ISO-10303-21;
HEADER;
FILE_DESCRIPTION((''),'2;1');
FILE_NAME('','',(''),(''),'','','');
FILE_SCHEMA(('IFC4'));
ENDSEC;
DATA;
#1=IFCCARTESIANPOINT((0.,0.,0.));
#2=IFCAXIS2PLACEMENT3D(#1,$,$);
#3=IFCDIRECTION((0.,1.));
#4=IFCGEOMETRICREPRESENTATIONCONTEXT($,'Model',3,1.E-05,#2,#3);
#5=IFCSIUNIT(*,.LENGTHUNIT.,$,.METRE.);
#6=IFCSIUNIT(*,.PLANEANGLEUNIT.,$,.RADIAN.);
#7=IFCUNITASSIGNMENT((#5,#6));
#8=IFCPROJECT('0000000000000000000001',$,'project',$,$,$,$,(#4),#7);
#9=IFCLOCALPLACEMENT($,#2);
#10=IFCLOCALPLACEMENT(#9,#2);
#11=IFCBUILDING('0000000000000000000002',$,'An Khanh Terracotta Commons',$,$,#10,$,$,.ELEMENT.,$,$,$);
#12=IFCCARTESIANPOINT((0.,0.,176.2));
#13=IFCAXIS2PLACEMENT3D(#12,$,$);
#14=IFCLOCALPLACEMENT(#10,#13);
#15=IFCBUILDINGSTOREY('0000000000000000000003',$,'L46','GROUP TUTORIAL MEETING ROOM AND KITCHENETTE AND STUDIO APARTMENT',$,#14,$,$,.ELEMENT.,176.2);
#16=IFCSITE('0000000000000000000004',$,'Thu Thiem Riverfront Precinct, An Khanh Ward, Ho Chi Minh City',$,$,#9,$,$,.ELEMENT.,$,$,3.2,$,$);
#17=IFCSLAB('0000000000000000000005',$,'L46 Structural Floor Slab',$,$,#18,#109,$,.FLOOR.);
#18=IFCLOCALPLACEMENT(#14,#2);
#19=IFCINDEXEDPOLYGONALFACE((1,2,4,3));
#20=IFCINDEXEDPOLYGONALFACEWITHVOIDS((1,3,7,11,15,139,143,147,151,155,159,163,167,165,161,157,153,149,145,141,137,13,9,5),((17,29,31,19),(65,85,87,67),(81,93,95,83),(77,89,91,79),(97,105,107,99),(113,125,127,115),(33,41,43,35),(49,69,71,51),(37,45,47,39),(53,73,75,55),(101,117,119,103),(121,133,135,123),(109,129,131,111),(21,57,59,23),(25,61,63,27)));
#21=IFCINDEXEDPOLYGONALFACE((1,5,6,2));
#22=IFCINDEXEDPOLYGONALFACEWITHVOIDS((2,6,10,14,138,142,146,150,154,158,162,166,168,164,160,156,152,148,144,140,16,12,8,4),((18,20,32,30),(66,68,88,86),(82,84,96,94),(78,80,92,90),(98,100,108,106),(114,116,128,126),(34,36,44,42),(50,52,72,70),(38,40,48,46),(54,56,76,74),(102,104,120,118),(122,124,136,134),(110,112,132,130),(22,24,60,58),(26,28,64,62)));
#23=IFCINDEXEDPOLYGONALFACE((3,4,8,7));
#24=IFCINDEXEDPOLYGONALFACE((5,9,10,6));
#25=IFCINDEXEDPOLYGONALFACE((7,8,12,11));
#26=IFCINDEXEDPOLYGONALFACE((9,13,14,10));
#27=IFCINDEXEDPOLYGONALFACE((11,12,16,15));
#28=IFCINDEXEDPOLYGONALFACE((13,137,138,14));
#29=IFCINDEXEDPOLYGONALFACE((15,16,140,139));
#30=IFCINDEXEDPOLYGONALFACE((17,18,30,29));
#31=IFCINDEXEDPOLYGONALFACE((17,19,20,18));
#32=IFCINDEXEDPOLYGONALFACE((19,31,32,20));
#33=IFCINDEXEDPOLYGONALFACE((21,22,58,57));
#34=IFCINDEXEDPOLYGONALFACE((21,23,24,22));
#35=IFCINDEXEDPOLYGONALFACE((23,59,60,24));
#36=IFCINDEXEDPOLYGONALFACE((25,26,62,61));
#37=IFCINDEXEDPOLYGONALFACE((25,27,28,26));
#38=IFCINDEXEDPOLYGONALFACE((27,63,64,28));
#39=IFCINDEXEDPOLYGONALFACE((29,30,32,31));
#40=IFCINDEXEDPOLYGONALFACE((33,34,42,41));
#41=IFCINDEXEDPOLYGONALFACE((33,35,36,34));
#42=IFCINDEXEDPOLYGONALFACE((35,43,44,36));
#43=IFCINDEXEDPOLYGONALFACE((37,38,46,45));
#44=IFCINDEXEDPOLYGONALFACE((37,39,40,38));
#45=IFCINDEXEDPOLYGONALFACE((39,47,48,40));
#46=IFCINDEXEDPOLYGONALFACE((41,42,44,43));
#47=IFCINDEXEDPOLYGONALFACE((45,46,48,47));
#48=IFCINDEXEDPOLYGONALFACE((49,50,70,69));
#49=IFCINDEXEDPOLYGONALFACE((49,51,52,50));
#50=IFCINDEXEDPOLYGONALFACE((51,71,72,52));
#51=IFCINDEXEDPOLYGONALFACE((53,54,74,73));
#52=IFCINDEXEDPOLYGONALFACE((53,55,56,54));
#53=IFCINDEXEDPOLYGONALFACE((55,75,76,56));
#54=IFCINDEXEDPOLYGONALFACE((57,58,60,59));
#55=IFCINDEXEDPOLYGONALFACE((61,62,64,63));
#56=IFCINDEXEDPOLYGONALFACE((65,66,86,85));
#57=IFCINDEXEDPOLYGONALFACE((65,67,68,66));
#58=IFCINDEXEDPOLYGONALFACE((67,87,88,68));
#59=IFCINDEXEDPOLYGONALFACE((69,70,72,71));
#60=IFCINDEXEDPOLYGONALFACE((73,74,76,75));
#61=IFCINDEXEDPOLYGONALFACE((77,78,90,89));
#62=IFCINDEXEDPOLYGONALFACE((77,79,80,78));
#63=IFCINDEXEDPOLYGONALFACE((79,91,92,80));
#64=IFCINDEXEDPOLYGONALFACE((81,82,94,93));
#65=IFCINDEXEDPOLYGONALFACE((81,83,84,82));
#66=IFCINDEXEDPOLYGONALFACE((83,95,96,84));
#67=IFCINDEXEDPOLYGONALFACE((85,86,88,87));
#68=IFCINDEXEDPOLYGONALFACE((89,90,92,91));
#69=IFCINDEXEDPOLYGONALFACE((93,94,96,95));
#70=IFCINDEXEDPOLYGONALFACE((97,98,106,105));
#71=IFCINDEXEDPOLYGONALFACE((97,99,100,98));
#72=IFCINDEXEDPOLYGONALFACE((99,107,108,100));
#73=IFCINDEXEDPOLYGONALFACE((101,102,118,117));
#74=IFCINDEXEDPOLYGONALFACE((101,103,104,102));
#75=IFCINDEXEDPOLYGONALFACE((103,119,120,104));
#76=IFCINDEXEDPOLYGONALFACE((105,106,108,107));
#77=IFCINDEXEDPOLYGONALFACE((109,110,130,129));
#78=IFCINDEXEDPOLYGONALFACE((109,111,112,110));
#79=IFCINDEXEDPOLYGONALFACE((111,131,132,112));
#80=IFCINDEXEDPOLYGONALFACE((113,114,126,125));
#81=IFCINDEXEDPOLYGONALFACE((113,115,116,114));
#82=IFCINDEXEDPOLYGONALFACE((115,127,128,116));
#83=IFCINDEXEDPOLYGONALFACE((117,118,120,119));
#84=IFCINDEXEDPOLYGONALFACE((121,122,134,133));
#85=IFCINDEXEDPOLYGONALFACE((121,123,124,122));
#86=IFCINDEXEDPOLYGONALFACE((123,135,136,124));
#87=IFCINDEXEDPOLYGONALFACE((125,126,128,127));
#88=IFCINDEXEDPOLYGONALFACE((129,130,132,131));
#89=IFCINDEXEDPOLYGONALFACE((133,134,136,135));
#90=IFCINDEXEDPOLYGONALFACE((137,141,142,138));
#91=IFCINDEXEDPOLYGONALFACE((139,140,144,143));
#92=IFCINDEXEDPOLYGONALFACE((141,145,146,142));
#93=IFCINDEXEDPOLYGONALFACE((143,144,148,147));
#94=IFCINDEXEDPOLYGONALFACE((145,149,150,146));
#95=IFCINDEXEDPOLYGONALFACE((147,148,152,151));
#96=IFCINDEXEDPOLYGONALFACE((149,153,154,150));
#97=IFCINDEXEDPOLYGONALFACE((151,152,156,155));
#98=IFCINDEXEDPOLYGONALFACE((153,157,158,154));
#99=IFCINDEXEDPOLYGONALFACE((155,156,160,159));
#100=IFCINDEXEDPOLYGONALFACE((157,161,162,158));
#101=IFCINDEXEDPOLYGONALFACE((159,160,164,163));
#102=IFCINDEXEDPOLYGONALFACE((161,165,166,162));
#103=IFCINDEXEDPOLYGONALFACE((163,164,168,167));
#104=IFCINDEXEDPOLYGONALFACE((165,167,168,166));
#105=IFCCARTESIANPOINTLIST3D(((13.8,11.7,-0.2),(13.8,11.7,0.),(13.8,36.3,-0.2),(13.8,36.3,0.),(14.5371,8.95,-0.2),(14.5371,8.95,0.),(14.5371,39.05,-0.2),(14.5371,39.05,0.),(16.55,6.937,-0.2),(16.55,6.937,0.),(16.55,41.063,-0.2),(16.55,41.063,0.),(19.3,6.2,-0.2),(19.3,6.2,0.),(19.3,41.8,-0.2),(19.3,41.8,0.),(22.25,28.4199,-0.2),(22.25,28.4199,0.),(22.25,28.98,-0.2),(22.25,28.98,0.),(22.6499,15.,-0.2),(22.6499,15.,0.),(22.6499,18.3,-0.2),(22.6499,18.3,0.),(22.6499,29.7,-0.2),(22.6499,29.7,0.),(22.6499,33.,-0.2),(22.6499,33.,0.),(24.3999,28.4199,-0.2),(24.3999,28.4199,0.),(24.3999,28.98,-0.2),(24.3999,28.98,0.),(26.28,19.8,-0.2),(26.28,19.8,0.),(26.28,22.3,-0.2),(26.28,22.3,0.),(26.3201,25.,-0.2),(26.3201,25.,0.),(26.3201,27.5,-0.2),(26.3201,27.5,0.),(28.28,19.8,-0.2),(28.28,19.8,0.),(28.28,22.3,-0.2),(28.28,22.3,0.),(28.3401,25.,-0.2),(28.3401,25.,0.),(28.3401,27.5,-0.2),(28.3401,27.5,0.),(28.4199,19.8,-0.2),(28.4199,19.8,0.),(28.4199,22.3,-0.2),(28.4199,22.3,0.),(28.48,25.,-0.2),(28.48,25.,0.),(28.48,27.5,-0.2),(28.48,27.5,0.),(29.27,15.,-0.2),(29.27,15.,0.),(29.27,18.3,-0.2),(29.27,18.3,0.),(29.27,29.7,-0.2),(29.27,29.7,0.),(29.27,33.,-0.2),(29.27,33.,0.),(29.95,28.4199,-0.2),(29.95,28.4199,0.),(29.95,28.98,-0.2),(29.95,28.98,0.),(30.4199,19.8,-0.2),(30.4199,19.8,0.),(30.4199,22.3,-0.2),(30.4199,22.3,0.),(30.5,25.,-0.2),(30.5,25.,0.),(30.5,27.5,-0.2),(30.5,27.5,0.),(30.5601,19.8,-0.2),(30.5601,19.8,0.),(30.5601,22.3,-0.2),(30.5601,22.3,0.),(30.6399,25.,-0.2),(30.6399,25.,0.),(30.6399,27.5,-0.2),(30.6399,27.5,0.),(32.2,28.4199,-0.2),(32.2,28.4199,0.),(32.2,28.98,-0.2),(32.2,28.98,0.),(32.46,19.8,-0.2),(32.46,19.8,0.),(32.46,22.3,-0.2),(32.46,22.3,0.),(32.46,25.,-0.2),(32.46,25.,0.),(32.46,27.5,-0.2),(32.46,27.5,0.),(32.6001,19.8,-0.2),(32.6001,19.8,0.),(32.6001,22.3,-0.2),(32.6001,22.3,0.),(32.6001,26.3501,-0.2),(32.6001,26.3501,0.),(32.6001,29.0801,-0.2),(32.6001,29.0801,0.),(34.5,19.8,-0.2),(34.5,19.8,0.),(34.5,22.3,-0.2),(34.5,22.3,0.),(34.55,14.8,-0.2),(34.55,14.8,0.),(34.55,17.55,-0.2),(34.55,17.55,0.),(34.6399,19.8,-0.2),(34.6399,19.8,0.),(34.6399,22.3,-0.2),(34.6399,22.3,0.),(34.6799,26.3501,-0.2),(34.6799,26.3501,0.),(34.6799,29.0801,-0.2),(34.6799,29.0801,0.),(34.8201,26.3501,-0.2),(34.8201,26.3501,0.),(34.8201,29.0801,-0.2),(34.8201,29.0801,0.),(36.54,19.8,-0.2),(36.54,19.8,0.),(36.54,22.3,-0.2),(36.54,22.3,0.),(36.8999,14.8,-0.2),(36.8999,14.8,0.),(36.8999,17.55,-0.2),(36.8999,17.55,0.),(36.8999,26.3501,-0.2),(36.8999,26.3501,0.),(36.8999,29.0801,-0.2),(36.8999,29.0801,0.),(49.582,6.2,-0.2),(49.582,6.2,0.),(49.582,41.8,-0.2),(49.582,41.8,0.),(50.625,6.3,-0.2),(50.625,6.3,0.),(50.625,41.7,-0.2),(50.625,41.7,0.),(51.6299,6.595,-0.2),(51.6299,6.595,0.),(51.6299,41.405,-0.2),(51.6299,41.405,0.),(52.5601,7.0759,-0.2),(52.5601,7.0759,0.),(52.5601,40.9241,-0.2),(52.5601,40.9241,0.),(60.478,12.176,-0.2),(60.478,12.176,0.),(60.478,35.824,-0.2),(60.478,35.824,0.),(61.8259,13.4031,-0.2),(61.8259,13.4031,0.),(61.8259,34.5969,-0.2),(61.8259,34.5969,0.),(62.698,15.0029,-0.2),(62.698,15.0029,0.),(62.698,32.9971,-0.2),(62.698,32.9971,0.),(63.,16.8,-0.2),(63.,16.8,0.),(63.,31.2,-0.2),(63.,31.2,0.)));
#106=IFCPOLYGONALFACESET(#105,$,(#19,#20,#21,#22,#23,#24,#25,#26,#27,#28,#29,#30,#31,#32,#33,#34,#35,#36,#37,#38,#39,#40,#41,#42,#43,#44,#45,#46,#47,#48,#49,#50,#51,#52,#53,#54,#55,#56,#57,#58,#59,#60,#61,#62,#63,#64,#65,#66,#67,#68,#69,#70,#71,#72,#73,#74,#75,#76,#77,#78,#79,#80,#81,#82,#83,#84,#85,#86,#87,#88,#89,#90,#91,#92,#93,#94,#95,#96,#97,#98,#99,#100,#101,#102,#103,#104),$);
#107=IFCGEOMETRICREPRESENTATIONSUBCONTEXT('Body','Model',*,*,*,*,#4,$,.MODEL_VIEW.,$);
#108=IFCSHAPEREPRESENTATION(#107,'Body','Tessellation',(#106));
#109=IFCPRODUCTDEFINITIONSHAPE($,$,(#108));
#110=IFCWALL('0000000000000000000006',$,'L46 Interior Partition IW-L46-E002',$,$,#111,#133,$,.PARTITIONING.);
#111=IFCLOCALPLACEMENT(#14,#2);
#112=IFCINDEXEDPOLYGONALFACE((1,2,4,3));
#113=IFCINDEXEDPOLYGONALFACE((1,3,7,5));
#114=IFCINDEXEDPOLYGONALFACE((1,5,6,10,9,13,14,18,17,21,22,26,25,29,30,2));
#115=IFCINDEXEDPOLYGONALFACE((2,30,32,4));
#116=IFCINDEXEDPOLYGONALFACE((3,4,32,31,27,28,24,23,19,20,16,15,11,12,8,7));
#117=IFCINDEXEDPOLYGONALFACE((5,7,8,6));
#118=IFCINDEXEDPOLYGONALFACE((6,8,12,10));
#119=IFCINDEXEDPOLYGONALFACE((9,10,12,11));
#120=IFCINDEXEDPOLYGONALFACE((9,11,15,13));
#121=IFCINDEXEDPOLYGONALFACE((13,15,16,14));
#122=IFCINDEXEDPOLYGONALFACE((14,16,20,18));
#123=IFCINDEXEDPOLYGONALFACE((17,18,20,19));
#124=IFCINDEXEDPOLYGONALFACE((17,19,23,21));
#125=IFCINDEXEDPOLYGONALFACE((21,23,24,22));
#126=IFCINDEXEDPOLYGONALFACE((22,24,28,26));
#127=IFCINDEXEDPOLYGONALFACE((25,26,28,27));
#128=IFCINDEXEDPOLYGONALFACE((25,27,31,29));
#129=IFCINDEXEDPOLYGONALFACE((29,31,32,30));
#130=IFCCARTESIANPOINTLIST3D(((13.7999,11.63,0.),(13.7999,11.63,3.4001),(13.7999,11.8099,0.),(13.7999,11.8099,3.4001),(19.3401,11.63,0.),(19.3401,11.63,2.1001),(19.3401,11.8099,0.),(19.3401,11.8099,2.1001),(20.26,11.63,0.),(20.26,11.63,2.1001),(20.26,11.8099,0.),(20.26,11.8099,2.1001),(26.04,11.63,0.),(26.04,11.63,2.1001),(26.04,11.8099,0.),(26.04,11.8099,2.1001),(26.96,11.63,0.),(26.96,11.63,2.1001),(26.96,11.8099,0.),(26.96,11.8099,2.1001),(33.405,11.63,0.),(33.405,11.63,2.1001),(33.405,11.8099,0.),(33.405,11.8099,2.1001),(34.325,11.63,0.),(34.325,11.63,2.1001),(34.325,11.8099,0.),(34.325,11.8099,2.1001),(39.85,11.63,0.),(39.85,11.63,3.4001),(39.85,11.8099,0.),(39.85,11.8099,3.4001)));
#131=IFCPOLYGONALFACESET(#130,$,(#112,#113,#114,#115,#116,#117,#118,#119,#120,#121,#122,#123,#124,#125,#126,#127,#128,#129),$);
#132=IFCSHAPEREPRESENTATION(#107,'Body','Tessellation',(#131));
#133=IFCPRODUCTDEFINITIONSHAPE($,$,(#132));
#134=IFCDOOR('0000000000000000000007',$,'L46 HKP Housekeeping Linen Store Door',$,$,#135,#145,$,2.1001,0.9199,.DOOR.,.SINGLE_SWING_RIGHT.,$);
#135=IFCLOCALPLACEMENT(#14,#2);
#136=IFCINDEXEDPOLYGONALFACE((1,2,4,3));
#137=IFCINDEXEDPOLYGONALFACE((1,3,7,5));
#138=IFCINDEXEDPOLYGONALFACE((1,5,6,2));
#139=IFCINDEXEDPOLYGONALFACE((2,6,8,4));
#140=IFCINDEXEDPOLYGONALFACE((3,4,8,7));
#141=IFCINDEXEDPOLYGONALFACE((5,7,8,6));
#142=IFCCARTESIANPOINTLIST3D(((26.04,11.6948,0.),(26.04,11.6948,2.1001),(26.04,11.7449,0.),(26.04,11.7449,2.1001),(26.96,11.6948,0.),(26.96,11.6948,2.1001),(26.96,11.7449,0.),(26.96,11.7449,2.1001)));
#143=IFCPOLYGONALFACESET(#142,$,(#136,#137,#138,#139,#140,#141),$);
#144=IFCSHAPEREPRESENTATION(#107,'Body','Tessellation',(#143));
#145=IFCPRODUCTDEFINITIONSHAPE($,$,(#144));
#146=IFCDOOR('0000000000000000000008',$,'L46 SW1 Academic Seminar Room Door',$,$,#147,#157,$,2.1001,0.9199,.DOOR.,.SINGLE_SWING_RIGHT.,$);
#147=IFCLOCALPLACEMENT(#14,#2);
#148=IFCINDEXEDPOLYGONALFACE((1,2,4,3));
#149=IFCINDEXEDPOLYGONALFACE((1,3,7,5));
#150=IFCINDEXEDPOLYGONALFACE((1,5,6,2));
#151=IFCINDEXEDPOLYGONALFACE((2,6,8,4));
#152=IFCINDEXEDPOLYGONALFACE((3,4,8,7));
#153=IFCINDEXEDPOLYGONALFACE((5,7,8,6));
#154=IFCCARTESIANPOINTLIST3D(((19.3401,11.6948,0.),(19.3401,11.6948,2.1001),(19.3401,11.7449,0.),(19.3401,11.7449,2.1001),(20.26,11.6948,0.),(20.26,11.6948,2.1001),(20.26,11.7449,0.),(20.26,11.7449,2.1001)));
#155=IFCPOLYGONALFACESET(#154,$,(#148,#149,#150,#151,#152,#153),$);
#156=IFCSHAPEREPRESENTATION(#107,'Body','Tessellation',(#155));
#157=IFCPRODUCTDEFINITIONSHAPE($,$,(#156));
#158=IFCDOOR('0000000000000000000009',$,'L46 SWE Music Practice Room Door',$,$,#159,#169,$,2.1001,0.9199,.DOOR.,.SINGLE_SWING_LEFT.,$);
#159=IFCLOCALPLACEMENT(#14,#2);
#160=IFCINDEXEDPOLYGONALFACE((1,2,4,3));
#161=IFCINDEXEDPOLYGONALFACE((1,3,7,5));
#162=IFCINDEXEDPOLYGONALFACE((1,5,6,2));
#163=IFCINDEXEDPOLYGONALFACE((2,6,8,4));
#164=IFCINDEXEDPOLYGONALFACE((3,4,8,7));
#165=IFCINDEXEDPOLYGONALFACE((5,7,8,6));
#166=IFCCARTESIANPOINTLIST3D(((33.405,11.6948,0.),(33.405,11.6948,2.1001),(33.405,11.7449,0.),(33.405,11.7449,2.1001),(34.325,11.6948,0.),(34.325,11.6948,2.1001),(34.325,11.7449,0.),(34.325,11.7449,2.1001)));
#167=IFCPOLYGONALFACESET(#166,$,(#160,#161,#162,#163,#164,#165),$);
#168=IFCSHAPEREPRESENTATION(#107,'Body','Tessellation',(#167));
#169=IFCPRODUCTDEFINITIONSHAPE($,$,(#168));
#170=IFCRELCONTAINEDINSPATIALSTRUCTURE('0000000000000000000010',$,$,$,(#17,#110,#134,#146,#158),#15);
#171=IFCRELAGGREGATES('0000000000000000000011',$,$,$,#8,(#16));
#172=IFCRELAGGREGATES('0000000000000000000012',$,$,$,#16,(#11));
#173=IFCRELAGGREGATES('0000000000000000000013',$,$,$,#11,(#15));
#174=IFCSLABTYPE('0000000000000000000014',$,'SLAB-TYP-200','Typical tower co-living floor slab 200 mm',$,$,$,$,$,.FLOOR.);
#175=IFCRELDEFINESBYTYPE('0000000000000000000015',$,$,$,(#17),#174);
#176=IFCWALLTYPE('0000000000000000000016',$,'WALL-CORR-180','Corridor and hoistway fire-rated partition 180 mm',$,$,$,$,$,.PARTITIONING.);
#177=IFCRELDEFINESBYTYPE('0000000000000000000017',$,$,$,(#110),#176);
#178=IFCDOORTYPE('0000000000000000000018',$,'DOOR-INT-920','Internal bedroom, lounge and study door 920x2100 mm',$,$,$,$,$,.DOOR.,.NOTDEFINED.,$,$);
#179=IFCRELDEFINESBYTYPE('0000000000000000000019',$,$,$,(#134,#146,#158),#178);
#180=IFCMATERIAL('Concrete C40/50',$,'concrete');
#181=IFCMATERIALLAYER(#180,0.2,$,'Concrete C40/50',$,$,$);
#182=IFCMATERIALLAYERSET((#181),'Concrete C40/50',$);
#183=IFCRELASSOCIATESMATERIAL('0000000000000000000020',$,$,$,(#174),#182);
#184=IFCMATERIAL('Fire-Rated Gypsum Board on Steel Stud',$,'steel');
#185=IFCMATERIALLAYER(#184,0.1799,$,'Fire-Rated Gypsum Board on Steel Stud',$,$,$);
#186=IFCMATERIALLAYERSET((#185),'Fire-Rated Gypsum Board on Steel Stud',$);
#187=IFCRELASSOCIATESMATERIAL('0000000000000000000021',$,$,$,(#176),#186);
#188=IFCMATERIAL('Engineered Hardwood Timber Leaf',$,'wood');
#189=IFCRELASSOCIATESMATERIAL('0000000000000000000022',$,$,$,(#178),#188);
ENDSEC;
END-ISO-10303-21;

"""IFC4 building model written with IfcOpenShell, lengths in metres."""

from ifc_helpers import new_model, si_unit, direction, frame, frame_2d, origin, place, context, subcontext, project, spatial, polyline, rectangle, outline, extrude, material, layer, layer_set, type_object, element, fill, save


model = new_model("IFC4")

# Units and contexts
model_context = context("Model", 3, precision=1e-05, world=origin(), true_north=direction((0.0, 1.0)))
body_context = subcontext(model_context, "Body", "Model", "MODEL_VIEW")
ifc_project = project(units=[si_unit("LENGTHUNIT", "METRE"), si_unit("PLANEANGLEUNIT", "RADIAN")], contexts=[model_context])

# Site, building, storey
site_placement = place(None, origin())
site = spatial("IfcSite", under=ifc_project, at=site_placement, Name="Thu Thiem Riverfront Precinct, An Khanh Ward, Ho Chi Minh City", CompositionType="ELEMENT", RefElevation=3.2)
building_placement = place(site_placement, origin())
building = spatial("IfcBuilding", under=site, at=building_placement, Name="An Khanh Terracotta Commons", CompositionType="ELEMENT")
storey_placement = place(building_placement, frame((0.0, 0.0, 176.2)))
storey = spatial("IfcBuildingStorey", under=building, at=storey_placement, Name="L46", Description="GROUP TUTORIAL MEETING ROOM AND KITCHENETTE AND STUDIO APARTMENT", CompositionType="ELEMENT", Elevation=176.2)

# Shared definitions
ifc_material_1 = material(Name="Concrete C40/50", Category="concrete")

# Slab
ifc_layer_1 = layer(ifc_material_1, 0.2, Name="Concrete C40/50")
ifc_layer_set_1 = layer_set([ifc_layer_1], Name="Concrete C40/50")
slab_type_1 = type_object("IfcSlabType", Name="SLAB-TYP-200", Description="Typical tower co-living floor slab 200 mm", PredefinedType="FLOOR", material=ifc_layer_set_1)
slab_1_placement = place(storey_placement, frame((0.0, 0.0, -0.2)))
element("IfcSlab", 1, at=slab_1_placement, inside=storey, type_object=slab_type_1, Name="L46 Structural Floor Slab", PredefinedType="FLOOR", context=body_context, shape_type="SweptSolid", body=[
    extrude(outline(polyline([(13.8, 11.7), (14.5371, 8.95), (16.55, 6.937), (19.3, 6.2), (49.582, 6.2), (50.625, 6.3), (51.6299, 6.595), (52.5601, 7.0759), (60.478, 12.176), (61.8259, 13.4031), (62.698, 15.0029), (63.0, 16.8), (63.0, 31.2), (62.698, 32.9971), (61.8259, 34.5969), (60.478, 35.824), (52.5601, 40.9241), (51.6299, 41.405), (50.625, 41.7), (49.582, 41.8), (19.3, 41.8), (16.55, 41.063), (14.5371, 39.05), (13.8, 36.3), (13.8, 11.7)]), holes=[polyline([(22.6499, 29.7), (29.27, 29.7), (29.27, 33.0), (22.6499, 33.0), (22.6499, 29.7)]), polyline([(22.6499, 15.0), (29.27, 15.0), (29.27, 18.3), (22.6499, 18.3), (22.6499, 15.0)]), polyline([(32.6001, 26.3501), (34.6799, 26.3501), (34.6799, 29.0801), (32.6001, 29.0801), (32.6001, 26.3501)]), polyline([(34.8201, 26.3501), (36.8999, 26.3501), (36.8999, 29.0801), (34.8201, 29.0801), (34.8201, 26.3501)]), polyline([(34.55, 14.8), (36.8999, 14.8), (36.8999, 17.55), (34.55, 17.55), (34.55, 14.8)]), polyline([(26.3201, 25.0), (28.3401, 25.0), (28.3401, 27.5), (26.3201, 27.5), (26.3201, 25.0)]), polyline([(28.48, 25.0), (30.5, 25.0), (30.5, 27.5), (28.48, 27.5), (28.48, 25.0)]), polyline([(26.28, 19.8), (28.28, 19.8), (28.28, 22.3), (26.28, 22.3), (26.28, 19.8)]), polyline([(28.4199, 19.8), (30.4199, 19.8), (30.4199, 22.3), (28.4199, 22.3), (28.4199, 19.8)]), polyline([(30.6399, 25.0), (32.46, 25.0), (32.46, 27.5), (30.6399, 27.5), (30.6399, 25.0)]), polyline([(30.5601, 19.8), (32.46, 19.8), (32.46, 22.3), (30.5601, 22.3), (30.5601, 19.8)]), polyline([(32.6001, 19.8), (34.5, 19.8), (34.5, 22.3), (32.6001, 22.3), (32.6001, 19.8)]), polyline([(34.6399, 19.8), (36.54, 19.8), (36.54, 22.3), (34.6399, 22.3), (34.6399, 19.8)]), polyline([(22.25, 28.4199), (24.3999, 28.4199), (24.3999, 28.98), (22.25, 28.98), (22.25, 28.4199)]), polyline([(29.95, 28.4199), (32.2, 28.4199), (32.2, 28.98), (29.95, 28.98), (29.95, 28.4199)])]), origin(), (0.0, 0.0, 1.0), 0.2),
])

# Wall, openings, doors
ifc_material_2 = material(Name="Fire-Rated Gypsum Board on Steel Stud", Category="steel")
ifc_layer_2 = layer(ifc_material_2, 0.1799, Name="Fire-Rated Gypsum Board on Steel Stud")
ifc_layer_set_2 = layer_set([ifc_layer_2], Name="Fire-Rated Gypsum Board on Steel Stud")
wall_type_1 = type_object("IfcWallType", Name="WALL-CORR-180", Description="Corridor and hoistway fire-rated partition 180 mm", PredefinedType="PARTITIONING", material=ifc_layer_set_2)
wall_1_placement = place(storey_placement, frame((13.8, 11.72, 0.0), z_axis=(0.0, 0.0, 1.0), x_axis=(1.0, 0.0, 0.0)))
wall_1 = element("IfcWall", 2, at=wall_1_placement, inside=storey, type_object=wall_type_1, Name="L46 Interior Partition IW-L46-E002", PredefinedType="PARTITIONING", context=body_context, shape_type="SweptSolid", body=[
    extrude(rectangle(XDim=26.05, YDim=0.1799, at=frame_2d((13.0249, 0.0))), origin(), (0.0, 0.0, 1.0), 3.4001),
])
opening_1_placement = place(wall_1_placement, frame((12.24, 0.0, 0.0)))
opening_1 = element("IfcOpeningElement", 3, at=opening_1_placement, cuts=wall_1, PredefinedType="OPENING", context=body_context, shape_type="SweptSolid", body=[
    extrude(rectangle(XDim=0.9199, YDim=2.1001, at=frame_2d((0.46, 1.05))), frame((0.0, 0.0999, 0.0), z_axis=(0.0, -1.0, 0.0), x_axis=(1.0, 0.0, 0.0)), (0.0, 0.0, 1.0), 0.2),
])
opening_2_placement = place(wall_1_placement, frame((5.54, 0.0, 0.0)))
opening_2 = element("IfcOpeningElement", 4, at=opening_2_placement, cuts=wall_1, PredefinedType="OPENING", context=body_context, shape_type="SweptSolid", body=[
    extrude(rectangle(XDim=0.9199, YDim=2.1001, at=frame_2d((0.46, 1.05))), frame((0.0, 0.0999, 0.0), z_axis=(0.0, -1.0, 0.0), x_axis=(1.0, 0.0, 0.0)), (0.0, 0.0, 1.0), 0.2),
])
opening_3_placement = place(wall_1_placement, frame((19.605, 0.0, 0.0)))
opening_3 = element("IfcOpeningElement", 5, at=opening_3_placement, cuts=wall_1, PredefinedType="OPENING", context=body_context, shape_type="SweptSolid", body=[
    extrude(rectangle(XDim=0.9199, YDim=2.1001, at=frame_2d((0.46, 1.05))), frame((0.0, 0.0999, 0.0), z_axis=(0.0, -1.0, 0.0), x_axis=(1.0, 0.0, 0.0)), (0.0, 0.0, 1.0), 0.2),
])
ifc_material_3 = material(Name="Engineered Hardwood Timber Leaf", Category="wood")
door_type_1 = type_object("IfcDoorType", Name="DOOR-INT-920", Description="Internal bedroom, lounge and study door 920x2100 mm", OperationType="NOTDEFINED", PredefinedType="DOOR", material=ifc_material_3)
door_1_placement = place(opening_1_placement, origin())
door_1 = element("IfcDoor", 6, at=door_1_placement, inside=storey, type_object=door_type_1, Name="L46 HKP Housekeeping Linen Store Door", OperationType="SINGLE_SWING_RIGHT", OverallHeight=2.1001, OverallWidth=0.9199, PredefinedType="DOOR", context=body_context, shape_type="SweptSolid", body=[
    extrude(rectangle(XDim=0.9199, YDim=2.1001, at=frame_2d((0.46, 1.05))), frame((0.0, 0.0249, 0.0), z_axis=(0.0, -1.0, 0.0), x_axis=(1.0, 0.0, 0.0)), (0.0, 0.0, 1.0), 0.05),
])
fill(opening_1, door_1)
door_2_placement = place(opening_2_placement, origin())
door_2 = element("IfcDoor", 7, at=door_2_placement, inside=storey, type_object=door_type_1, Name="L46 SW1 Academic Seminar Room Door", OperationType="SINGLE_SWING_RIGHT", OverallHeight=2.1001, OverallWidth=0.9199, PredefinedType="DOOR", context=body_context, shape_type="SweptSolid", body=[
    extrude(rectangle(XDim=0.9199, YDim=2.1001, at=frame_2d((0.46, 1.05))), frame((0.0, 0.0249, 0.0), z_axis=(0.0, -1.0, 0.0), x_axis=(1.0, 0.0, 0.0)), (0.0, 0.0, 1.0), 0.05),
])
fill(opening_2, door_2)
door_3_placement = place(opening_3_placement, origin())
door_3 = element("IfcDoor", 8, at=door_3_placement, inside=storey, type_object=door_type_1, Name="L46 SWE Music Practice Room Door", OperationType="SINGLE_SWING_LEFT", OverallHeight=2.1001, OverallWidth=0.9199, PredefinedType="DOOR", context=body_context, shape_type="SweptSolid", body=[
    extrude(rectangle(XDim=0.9199, YDim=2.1001, at=frame_2d((0.46, 1.05))), frame((0.0, 0.0249, 0.0), z_axis=(0.0, -1.0, 0.0), x_axis=(1.0, 0.0, 0.0)), (0.0, 0.0, 1.0), 0.05),
])
fill(opening_3, door_3)

save(model, "model.ifc")
